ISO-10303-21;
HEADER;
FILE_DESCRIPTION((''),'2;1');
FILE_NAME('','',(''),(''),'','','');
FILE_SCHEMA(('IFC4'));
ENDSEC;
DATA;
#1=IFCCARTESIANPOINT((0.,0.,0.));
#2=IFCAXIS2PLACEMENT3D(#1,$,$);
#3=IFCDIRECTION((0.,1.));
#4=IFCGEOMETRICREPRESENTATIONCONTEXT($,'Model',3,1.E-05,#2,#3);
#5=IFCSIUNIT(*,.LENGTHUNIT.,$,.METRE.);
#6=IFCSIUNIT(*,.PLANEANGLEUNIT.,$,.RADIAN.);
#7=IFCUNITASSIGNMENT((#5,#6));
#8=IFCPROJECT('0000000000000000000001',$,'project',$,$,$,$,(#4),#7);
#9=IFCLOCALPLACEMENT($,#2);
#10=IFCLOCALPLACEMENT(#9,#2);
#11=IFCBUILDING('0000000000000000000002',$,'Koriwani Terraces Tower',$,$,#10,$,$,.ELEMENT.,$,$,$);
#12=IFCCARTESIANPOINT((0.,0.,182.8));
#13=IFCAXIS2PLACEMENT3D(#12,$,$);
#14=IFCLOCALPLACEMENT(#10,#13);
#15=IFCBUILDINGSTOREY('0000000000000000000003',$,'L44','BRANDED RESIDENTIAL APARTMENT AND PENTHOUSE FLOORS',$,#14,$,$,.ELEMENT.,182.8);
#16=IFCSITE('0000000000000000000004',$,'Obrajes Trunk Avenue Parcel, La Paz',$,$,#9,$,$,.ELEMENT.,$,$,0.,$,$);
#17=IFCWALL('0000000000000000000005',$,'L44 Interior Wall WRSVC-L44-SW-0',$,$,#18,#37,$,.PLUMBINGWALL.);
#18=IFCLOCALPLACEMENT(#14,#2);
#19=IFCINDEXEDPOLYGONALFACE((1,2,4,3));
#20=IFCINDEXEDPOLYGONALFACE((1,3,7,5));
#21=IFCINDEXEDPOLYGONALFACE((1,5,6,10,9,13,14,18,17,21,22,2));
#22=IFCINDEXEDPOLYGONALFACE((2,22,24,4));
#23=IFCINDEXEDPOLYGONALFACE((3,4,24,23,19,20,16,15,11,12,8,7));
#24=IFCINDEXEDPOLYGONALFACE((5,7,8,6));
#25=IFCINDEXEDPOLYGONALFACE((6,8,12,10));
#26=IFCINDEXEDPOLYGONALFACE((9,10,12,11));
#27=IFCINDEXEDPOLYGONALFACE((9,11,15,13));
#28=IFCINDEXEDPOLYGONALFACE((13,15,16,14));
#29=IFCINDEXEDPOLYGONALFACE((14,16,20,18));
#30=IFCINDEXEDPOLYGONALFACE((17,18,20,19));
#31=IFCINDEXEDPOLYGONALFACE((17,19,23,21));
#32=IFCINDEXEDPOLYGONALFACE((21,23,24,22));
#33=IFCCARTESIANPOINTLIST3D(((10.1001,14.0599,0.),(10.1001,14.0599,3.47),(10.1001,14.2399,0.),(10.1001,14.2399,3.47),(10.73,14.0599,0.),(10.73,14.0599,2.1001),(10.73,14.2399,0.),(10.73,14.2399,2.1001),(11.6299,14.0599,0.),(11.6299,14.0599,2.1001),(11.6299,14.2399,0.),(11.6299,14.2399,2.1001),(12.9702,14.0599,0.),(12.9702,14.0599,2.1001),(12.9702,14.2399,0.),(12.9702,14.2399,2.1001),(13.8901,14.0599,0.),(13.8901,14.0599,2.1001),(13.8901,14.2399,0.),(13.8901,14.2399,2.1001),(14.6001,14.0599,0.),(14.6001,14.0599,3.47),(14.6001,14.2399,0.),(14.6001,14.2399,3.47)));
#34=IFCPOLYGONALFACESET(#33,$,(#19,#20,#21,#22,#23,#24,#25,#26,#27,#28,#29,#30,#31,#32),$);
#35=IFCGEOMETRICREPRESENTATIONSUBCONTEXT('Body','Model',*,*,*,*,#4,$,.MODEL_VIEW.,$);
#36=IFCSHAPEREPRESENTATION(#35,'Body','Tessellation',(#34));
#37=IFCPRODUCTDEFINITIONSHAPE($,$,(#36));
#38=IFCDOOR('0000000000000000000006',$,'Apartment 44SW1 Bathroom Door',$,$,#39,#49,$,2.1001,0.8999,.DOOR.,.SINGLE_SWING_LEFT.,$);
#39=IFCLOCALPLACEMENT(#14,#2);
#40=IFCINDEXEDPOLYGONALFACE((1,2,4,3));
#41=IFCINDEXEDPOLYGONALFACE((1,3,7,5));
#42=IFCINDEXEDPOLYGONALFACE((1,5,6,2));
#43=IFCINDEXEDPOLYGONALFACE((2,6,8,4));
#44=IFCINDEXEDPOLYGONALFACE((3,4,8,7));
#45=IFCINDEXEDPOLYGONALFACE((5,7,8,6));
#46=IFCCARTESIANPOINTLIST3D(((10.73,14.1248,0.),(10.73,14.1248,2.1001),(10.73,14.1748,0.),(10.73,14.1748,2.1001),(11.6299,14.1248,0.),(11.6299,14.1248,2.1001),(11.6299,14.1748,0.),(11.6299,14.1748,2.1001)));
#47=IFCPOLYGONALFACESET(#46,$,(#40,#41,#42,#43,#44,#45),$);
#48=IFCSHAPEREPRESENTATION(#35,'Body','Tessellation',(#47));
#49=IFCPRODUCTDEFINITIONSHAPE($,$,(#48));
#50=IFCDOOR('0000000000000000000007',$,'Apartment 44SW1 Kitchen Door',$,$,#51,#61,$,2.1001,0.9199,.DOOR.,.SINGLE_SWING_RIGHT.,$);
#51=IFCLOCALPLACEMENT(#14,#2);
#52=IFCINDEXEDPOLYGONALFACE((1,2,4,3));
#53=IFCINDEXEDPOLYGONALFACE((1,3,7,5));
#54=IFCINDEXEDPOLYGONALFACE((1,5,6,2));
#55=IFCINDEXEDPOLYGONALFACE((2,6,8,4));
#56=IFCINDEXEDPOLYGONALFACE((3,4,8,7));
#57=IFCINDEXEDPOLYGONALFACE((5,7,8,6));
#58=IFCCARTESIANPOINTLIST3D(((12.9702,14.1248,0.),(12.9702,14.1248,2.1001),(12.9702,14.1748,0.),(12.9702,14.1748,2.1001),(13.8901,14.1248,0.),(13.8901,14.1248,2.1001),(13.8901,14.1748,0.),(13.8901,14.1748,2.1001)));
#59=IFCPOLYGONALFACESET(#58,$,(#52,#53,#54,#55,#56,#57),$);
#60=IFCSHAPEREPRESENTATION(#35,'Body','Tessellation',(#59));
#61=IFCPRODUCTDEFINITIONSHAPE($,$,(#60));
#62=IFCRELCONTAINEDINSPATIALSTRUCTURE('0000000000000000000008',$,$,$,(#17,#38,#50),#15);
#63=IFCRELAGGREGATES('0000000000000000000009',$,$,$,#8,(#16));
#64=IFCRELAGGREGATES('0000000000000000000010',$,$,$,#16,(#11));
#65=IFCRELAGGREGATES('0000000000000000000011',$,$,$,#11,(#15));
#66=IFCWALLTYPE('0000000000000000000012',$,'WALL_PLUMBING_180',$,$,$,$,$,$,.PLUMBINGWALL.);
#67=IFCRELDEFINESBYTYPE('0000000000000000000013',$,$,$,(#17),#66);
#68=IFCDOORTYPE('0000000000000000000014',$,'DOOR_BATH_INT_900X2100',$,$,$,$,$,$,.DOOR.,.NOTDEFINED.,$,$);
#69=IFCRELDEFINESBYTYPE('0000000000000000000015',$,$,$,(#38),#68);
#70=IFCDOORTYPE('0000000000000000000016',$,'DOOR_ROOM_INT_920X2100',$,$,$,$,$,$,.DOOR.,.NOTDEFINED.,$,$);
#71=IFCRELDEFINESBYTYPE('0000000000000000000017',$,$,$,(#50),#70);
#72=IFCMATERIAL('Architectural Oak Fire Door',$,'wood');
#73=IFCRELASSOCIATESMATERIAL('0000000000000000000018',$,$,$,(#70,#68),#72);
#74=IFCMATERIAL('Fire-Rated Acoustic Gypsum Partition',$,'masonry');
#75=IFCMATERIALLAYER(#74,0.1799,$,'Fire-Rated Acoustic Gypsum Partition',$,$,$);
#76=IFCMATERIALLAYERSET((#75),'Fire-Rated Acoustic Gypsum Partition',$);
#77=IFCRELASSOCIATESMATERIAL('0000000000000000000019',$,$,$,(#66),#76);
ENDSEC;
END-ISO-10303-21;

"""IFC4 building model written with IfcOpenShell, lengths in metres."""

from ifc_helpers import new_model, si_unit, direction, frame, frame_2d, origin, place, context, subcontext, project, spatial, rectangle, extrude, material, layer, layer_set, type_object, element, fill, save


model = new_model("IFC4")

# Units and contexts
model_context = context("Model", 3, precision=1e-05, world=origin(), true_north=direction((0.0, 1.0)))
body_context = subcontext(model_context, "Body", "Model", "MODEL_VIEW")
ifc_project = project(units=[si_unit("LENGTHUNIT", "METRE"), si_unit("PLANEANGLEUNIT", "RADIAN")], contexts=[model_context])

# Site, building, storey
site_placement = place(None, origin())
site = spatial("IfcSite", under=ifc_project, at=site_placement, Name="Obrajes Trunk Avenue Parcel, La Paz", CompositionType="ELEMENT", RefElevation=0.0)
building_placement = place(site_placement, origin())
building = spatial("IfcBuilding", under=site, at=building_placement, Name="Koriwani Terraces Tower", CompositionType="ELEMENT")
storey_placement = place(building_placement, frame((0.0, 0.0, 182.8)))
storey = spatial("IfcBuildingStorey", under=building, at=storey_placement, Name="L44", Description="BRANDED RESIDENTIAL APARTMENT AND PENTHOUSE FLOORS", CompositionType="ELEMENT", Elevation=182.8)

# Shared definitions
ifc_material_1 = material(Name="Fire-Rated Acoustic Gypsum Partition", Category="masonry")
ifc_material_2 = material(Name="Architectural Oak Fire Door", Category="wood")
door_type_1 = type_object("IfcDoorType", Name="DOOR_ROOM_INT_920X2100", OperationType="NOTDEFINED", PredefinedType="DOOR", material=ifc_material_2)

# Wall, openings, doors
ifc_layer_1 = layer(ifc_material_1, 0.1799, Name="Fire-Rated Acoustic Gypsum Partition")
ifc_layer_set_1 = layer_set([ifc_layer_1], Name="Fire-Rated Acoustic Gypsum Partition")
wall_type_1 = type_object("IfcWallType", Name="WALL_PLUMBING_180", PredefinedType="PLUMBINGWALL", material=ifc_layer_set_1)
wall_1_placement = place(storey_placement, frame((10.1001, 14.1499, 0.0), z_axis=(0.0, 0.0, 1.0), x_axis=(1.0, 0.0, 0.0)))
wall_1 = element("IfcWall", 1, at=wall_1_placement, inside=storey, type_object=wall_type_1, Name="L44 Interior Wall WRSVC-L44-SW-0", PredefinedType="PLUMBINGWALL", context=body_context, shape_type="SweptSolid", body=[
    extrude(rectangle(XDim=4.5, YDim=0.1799, at=frame_2d((2.25, 0.0))), origin(), (0.0, 0.0, 1.0), 3.47),
])
opening_1_placement = place(wall_1_placement, frame((0.6299, 0.0, 0.0)))
opening_1 = element("IfcOpeningElement", 2, at=opening_1_placement, cuts=wall_1, PredefinedType="OPENING", context=body_context, shape_type="SweptSolid", body=[
    extrude(rectangle(XDim=0.8999, YDim=2.1001, at=frame_2d((0.45, 1.05))), frame((0.0, 0.1001, 0.0), z_axis=(0.0, -1.0, 0.0), x_axis=(1.0, 0.0, 0.0)), (0.0, 0.0, 1.0), 0.2),
])
opening_2_placement = place(wall_1_placement, frame((2.8701, 0.0, 0.0)))
opening_2 = element("IfcOpeningElement", 3, at=opening_2_placement, cuts=wall_1, PredefinedType="OPENING", context=body_context, shape_type="SweptSolid", body=[
    extrude(rectangle(XDim=0.9199, YDim=2.1001, at=frame_2d((0.46, 1.05))), frame((0.0, 0.1001, 0.0), z_axis=(0.0, -1.0, 0.0), x_axis=(1.0, 0.0, 0.0)), (0.0, 0.0, 1.0), 0.2),
])
door_type_2 = type_object("IfcDoorType", Name="DOOR_BATH_INT_900X2100", OperationType="NOTDEFINED", PredefinedType="DOOR", material=ifc_material_2)
door_1_placement = place(opening_1_placement, origin())
door_1 = element("IfcDoor", 4, at=door_1_placement, inside=storey, type_object=door_type_2, Name="Apartment 44SW1 Bathroom Door", OperationType="SINGLE_SWING_LEFT", OverallHeight=2.1001, OverallWidth=0.8999, PredefinedType="DOOR", context=body_context, shape_type="SweptSolid", body=[
    extrude(rectangle(XDim=0.8999, YDim=2.1001, at=frame_2d((0.45, 1.05))), frame((0.0, 0.0249, 0.0), z_axis=(0.0, -1.0, 0.0), x_axis=(1.0, 0.0, 0.0)), (0.0, 0.0, 1.0), 0.05),
])
fill(opening_1, door_1)
door_2_placement = place(opening_2_placement, origin())
door_2 = element("IfcDoor", 5, at=door_2_placement, inside=storey, type_object=door_type_1, Name="Apartment 44SW1 Kitchen Door", OperationType="SINGLE_SWING_RIGHT", OverallHeight=2.1001, OverallWidth=0.9199, PredefinedType="DOOR", context=body_context, shape_type="SweptSolid", body=[
    extrude(rectangle(XDim=0.9199, YDim=2.1001, at=frame_2d((0.46, 1.05))), frame((0.0, 0.0249, 0.0), z_axis=(0.0, -1.0, 0.0), x_axis=(1.0, 0.0, 0.0)), (0.0, 0.0, 1.0), 0.05),
])
fill(opening_2, door_2)

save(model, "model.ifc")
